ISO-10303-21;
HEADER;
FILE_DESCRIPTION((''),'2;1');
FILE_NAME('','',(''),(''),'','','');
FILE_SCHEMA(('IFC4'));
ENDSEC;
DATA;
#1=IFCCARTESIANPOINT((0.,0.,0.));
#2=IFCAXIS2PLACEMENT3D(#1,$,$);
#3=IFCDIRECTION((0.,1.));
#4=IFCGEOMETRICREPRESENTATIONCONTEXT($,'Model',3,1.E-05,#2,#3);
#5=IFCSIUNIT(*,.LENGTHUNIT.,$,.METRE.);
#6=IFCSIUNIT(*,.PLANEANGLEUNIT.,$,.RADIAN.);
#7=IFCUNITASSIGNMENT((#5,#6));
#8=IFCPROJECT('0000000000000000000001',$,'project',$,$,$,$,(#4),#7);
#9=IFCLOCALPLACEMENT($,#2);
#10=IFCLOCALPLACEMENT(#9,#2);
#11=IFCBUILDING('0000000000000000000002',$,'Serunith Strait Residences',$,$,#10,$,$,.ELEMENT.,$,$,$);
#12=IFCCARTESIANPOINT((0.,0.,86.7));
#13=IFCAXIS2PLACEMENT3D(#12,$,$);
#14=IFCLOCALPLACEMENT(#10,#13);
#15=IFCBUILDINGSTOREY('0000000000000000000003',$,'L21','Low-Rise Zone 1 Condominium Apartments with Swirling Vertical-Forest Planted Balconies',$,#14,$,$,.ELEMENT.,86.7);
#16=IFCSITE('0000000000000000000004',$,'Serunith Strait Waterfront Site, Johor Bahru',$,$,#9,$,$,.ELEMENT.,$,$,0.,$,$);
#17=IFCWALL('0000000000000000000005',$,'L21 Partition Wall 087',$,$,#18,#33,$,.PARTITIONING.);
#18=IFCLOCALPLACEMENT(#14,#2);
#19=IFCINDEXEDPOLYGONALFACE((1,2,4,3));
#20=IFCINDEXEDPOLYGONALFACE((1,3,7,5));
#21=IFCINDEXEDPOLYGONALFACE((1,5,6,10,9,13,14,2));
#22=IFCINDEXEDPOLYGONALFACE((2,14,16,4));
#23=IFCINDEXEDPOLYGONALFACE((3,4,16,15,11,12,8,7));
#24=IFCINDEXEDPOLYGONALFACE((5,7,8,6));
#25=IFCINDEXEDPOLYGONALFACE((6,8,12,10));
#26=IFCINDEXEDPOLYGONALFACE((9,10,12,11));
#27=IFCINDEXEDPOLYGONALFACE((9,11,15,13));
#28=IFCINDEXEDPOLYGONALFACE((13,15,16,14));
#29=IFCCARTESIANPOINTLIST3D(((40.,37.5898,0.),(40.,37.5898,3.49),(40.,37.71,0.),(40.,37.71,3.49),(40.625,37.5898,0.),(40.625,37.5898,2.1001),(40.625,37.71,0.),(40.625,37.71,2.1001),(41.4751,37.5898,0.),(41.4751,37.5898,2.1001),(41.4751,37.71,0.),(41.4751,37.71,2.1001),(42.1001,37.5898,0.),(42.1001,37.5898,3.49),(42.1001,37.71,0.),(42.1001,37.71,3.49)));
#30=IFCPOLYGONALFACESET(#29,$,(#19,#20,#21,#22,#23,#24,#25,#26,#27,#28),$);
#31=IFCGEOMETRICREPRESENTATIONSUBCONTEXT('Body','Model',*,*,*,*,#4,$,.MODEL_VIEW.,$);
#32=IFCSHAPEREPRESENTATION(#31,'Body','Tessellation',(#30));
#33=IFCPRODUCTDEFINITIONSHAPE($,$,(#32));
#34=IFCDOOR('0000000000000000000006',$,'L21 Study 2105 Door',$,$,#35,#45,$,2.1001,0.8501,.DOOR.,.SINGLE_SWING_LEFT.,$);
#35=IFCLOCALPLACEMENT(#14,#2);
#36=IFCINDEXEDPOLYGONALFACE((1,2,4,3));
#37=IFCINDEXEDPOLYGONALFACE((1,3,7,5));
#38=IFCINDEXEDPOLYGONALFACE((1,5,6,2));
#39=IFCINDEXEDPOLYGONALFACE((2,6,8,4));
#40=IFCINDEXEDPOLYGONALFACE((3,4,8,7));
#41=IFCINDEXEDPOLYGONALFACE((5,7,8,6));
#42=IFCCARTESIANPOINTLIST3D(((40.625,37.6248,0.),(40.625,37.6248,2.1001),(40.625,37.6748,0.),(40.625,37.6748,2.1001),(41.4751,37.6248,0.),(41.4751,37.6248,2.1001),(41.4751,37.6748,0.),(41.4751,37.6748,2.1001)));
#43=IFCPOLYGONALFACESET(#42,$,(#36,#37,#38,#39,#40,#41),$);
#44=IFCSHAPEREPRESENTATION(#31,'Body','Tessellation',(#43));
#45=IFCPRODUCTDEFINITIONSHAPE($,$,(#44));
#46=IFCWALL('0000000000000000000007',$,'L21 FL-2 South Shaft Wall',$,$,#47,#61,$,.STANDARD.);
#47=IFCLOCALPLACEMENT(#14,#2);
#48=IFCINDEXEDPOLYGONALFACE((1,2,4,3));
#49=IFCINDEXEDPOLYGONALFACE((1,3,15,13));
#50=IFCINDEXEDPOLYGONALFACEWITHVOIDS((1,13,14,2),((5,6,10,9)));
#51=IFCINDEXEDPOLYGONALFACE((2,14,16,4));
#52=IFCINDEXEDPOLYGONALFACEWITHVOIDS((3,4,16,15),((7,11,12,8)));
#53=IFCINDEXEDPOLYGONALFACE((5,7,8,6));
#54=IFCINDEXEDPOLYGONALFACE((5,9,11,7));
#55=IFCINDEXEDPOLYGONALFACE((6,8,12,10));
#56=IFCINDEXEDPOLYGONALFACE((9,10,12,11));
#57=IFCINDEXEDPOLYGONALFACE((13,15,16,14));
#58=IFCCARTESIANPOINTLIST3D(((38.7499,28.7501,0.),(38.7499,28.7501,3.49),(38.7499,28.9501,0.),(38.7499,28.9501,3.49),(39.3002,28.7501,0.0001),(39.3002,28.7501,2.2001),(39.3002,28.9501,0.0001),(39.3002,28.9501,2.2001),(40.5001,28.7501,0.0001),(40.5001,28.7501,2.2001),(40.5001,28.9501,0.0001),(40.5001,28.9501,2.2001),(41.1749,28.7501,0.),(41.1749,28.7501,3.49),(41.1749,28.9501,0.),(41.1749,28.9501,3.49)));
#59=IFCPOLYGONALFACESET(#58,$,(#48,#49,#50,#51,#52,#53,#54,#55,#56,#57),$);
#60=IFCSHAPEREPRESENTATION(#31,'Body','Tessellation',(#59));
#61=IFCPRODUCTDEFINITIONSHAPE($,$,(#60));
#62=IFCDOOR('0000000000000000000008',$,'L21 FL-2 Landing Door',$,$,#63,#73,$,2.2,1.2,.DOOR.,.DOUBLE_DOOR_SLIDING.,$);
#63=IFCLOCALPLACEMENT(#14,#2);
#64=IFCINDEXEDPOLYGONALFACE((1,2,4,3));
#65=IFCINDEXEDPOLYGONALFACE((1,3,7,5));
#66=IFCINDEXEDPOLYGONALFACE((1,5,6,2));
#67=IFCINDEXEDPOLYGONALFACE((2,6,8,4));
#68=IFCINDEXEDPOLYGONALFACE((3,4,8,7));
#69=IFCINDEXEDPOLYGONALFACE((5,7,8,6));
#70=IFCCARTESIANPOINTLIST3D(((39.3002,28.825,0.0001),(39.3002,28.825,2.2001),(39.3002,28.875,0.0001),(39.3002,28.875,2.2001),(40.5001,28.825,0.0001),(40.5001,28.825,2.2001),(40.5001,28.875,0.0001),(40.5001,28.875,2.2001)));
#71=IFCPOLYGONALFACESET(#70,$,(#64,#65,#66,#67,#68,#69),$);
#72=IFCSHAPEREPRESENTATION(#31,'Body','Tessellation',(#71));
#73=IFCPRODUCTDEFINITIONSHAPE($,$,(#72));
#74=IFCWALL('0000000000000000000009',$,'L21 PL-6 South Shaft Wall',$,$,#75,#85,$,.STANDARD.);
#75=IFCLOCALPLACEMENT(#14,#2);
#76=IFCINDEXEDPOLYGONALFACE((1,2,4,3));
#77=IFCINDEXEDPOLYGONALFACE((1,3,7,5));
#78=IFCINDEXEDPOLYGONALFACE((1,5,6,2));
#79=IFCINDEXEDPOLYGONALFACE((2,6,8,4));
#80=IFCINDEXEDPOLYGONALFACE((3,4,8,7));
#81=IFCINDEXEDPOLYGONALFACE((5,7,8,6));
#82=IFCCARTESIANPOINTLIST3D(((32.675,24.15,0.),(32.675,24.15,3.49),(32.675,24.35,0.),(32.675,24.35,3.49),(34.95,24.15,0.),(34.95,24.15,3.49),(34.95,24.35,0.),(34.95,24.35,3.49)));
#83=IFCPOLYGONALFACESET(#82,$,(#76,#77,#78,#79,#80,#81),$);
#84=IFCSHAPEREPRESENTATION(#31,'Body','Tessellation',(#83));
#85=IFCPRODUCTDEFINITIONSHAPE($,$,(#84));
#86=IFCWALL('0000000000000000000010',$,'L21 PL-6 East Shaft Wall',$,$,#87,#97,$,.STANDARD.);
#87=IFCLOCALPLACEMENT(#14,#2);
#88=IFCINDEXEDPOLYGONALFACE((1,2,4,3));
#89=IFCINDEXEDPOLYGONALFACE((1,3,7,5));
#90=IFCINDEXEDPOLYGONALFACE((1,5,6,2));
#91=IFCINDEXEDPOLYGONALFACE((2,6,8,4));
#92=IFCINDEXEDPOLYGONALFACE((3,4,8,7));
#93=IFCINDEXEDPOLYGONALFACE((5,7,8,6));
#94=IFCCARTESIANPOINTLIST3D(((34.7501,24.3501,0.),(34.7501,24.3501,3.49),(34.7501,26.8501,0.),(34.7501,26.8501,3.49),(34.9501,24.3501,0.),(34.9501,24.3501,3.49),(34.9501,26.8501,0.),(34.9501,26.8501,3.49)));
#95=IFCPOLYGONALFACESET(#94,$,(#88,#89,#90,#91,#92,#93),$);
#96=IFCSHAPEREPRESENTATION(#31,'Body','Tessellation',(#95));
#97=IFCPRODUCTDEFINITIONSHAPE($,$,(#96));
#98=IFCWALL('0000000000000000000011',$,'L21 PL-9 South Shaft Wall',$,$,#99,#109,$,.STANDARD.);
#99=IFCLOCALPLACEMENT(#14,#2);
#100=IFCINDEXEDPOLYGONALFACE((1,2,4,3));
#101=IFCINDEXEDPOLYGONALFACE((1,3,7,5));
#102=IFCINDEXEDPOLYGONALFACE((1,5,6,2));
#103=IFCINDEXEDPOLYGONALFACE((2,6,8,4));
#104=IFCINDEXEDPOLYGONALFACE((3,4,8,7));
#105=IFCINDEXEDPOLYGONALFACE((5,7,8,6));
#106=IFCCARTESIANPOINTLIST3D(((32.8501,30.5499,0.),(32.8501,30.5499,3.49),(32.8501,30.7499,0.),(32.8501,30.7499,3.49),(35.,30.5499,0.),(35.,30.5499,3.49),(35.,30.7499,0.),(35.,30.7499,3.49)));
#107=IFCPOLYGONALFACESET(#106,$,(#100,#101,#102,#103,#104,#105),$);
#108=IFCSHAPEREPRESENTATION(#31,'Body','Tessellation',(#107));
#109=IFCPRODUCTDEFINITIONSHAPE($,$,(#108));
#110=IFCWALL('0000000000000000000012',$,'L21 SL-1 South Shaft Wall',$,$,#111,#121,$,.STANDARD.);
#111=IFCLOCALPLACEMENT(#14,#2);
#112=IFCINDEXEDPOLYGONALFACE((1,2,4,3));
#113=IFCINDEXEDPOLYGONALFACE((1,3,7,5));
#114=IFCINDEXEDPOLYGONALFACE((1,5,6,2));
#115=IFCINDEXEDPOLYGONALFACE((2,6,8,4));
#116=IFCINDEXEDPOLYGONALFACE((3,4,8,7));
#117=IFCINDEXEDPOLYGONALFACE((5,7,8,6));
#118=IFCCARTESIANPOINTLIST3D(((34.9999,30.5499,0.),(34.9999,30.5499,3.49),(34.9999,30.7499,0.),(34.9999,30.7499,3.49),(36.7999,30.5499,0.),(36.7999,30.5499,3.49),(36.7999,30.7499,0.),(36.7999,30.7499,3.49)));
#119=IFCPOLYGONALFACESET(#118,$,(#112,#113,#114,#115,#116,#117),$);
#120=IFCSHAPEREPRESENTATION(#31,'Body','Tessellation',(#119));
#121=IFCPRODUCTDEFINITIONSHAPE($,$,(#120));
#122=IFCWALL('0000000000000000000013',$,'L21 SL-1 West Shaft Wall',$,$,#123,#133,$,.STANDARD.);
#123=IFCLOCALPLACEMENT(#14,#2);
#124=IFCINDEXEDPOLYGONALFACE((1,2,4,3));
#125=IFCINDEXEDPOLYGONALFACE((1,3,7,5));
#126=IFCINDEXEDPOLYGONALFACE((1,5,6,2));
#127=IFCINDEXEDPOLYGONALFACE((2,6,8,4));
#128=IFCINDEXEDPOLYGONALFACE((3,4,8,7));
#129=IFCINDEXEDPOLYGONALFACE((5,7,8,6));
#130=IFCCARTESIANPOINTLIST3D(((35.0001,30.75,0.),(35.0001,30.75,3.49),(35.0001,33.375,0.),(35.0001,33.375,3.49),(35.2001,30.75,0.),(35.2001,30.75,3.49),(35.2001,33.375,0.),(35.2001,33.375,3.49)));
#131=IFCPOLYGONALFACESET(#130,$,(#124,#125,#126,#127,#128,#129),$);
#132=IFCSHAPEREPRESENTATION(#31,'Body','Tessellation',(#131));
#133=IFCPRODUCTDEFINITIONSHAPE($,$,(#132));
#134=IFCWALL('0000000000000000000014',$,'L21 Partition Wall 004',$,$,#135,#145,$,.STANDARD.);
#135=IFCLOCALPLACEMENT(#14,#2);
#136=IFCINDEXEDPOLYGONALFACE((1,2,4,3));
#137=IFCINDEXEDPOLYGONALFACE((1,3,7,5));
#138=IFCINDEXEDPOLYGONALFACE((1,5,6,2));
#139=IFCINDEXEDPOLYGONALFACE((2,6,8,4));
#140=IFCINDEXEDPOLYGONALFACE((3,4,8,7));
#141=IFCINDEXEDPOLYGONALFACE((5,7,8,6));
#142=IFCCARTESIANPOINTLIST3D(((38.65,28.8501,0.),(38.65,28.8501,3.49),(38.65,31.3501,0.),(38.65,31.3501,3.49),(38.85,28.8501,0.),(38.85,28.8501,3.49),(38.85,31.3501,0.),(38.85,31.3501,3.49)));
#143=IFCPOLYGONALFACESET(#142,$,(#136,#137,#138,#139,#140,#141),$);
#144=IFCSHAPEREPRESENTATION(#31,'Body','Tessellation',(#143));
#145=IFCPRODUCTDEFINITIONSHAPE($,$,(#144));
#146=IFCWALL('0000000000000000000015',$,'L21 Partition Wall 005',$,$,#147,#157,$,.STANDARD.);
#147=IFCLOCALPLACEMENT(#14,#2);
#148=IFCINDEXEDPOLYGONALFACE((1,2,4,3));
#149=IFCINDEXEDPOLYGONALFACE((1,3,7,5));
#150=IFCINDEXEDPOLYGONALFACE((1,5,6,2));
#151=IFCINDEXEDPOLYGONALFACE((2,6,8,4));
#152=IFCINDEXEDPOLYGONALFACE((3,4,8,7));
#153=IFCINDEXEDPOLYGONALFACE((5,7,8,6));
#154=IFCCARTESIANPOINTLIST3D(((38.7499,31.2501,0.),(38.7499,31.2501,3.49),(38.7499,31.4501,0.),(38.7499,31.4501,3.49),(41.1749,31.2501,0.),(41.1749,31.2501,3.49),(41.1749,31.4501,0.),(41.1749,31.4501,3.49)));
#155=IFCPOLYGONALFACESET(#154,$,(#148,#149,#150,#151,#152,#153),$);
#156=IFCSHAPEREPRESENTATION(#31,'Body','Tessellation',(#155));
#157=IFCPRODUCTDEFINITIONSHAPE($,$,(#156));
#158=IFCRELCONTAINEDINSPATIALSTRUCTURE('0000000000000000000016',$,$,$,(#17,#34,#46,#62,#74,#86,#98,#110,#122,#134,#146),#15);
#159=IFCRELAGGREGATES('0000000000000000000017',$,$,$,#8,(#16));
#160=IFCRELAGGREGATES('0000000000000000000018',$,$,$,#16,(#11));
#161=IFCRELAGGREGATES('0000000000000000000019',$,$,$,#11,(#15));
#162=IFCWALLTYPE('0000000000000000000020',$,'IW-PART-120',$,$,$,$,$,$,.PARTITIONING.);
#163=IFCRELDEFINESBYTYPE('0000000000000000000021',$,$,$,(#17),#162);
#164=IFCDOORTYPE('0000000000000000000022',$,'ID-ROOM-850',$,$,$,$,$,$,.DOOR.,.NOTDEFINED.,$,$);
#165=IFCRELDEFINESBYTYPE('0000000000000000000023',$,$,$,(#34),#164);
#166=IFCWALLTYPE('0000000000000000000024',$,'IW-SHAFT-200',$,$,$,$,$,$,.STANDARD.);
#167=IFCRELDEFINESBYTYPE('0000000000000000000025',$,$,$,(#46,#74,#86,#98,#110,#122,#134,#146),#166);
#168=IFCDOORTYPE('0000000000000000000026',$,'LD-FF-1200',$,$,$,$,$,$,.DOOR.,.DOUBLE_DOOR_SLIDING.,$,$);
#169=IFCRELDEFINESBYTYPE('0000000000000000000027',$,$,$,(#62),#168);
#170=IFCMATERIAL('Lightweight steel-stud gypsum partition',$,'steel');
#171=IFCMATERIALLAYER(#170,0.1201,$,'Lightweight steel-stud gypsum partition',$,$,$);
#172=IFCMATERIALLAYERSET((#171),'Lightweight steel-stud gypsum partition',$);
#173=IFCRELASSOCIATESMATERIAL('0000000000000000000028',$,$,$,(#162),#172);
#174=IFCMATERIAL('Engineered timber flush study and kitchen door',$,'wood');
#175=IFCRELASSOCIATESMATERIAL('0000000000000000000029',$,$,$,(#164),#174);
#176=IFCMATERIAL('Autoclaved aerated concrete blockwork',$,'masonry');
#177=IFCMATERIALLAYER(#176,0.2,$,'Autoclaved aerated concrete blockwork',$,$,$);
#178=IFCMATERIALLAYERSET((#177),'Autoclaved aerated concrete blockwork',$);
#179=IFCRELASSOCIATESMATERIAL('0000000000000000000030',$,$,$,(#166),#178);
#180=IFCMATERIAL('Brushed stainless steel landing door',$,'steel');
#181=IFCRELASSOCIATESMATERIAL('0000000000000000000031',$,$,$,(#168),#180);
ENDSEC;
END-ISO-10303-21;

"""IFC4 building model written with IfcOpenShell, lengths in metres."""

from ifc_helpers import new_model, si_unit, direction, frame, frame_2d, origin, place, context, subcontext, project, spatial, rectangle, extrude, source, transform, mapped, material, layer, layer_set, type_object, element, fill, save


model = new_model("IFC4")

# Units and contexts
model_context = context("Model", 3, precision=1e-05, world=origin(), true_north=direction((0.0, 1.0)))
body_context = subcontext(model_context, "Body", "Model", "MODEL_VIEW")
ifc_project = project(units=[si_unit("LENGTHUNIT", "METRE"), si_unit("PLANEANGLEUNIT", "RADIAN")], contexts=[model_context])

# Site, building, storey
site_placement = place(None, origin())
site = spatial("IfcSite", under=ifc_project, at=site_placement, Name="Serunith Strait Waterfront Site, Johor Bahru", CompositionType="ELEMENT", RefElevation=0.0)
building_placement = place(site_placement, origin())
building = spatial("IfcBuilding", under=site, at=building_placement, Name="Serunith Strait Residences", CompositionType="ELEMENT")
storey_placement = place(building_placement, frame((0.0, 0.0, 86.7)))
storey = spatial("IfcBuildingStorey", under=building, at=storey_placement, Name="L21", Description="Low-Rise Zone 1 Condominium Apartments with Swirling Vertical-Forest Planted Balconies", CompositionType="ELEMENT", Elevation=86.7)

# Walls, openings, doors
ifc_material_1 = material(Name="Lightweight steel-stud gypsum partition", Category="steel")
ifc_layer_1 = layer(ifc_material_1, 0.1201, Name="Lightweight steel-stud gypsum partition")
ifc_layer_set_1 = layer_set([ifc_layer_1], Name="Lightweight steel-stud gypsum partition")
wall_type_1 = type_object("IfcWallType", Name="IW-PART-120", PredefinedType="PARTITIONING", material=ifc_layer_set_1)
wall_1_placement = place(storey_placement, frame((40.0, 37.6499, 0.0), z_axis=(0.0, 0.0, 1.0), x_axis=(1.0, 0.0, 0.0)))
wall_1 = element("IfcWall", 1, at=wall_1_placement, inside=storey, type_object=wall_type_1, Name="L21 Partition Wall 087", PredefinedType="PARTITIONING", context=body_context, shape_type="SweptSolid", body=[
    extrude(rectangle(XDim=2.1001, YDim=0.1201, at=frame_2d((1.05, 0.0))), origin(), (0.0, 0.0, 1.0), 3.49),
])
opening_1_placement = place(wall_1_placement, frame((0.625, 0.0, 0.0)))
opening_1 = element("IfcOpeningElement", 2, at=opening_1_placement, cuts=wall_1, PredefinedType="OPENING", context=body_context, shape_type="SweptSolid", body=[
    extrude(rectangle(XDim=0.8501, YDim=2.1001, at=frame_2d((0.425, 1.05))), frame((0.0, 0.0701, 0.0), z_axis=(0.0, -1.0, 0.0), x_axis=(1.0, 0.0, 0.0)), (0.0, 0.0, 1.0), 0.1401),
])
ifc_material_2 = material(Name="Engineered timber flush study and kitchen door", Category="wood")
door_type_1 = type_object("IfcDoorType", Name="ID-ROOM-850", OperationType="NOTDEFINED", PredefinedType="DOOR", material=ifc_material_2)
shared_shape_1 = source(origin(), body_context, "Body", "SweptSolid", [
    extrude(rectangle(XDim=0.8501, YDim=2.1001, at=frame_2d((0.425, 1.05))), frame((0.0, 0.0249, 0.0), z_axis=(0.0, -1.0, 0.0), x_axis=(1.0, 0.0, 0.0)), (0.0, 0.0, 1.0), 0.05),
])
door_1_placement = place(opening_1_placement, origin())
door_1 = element("IfcDoor", 3, at=door_1_placement, inside=storey, type_object=door_type_1, Name="L21 Study 2105 Door", OperationType="SINGLE_SWING_LEFT", OverallHeight=2.1001, OverallWidth=0.8501, PredefinedType="DOOR", context=body_context, shape_type="MappedRepresentation", body=[
    mapped(shared_shape_1, transform((0.0, 0.0, 0.0), scale=1.0)),
])
fill(opening_1, door_1)
ifc_material_3 = material(Name="Autoclaved aerated concrete blockwork", Category="masonry")
ifc_layer_2 = layer(ifc_material_3, 0.2, Name="Autoclaved aerated concrete blockwork")
ifc_layer_set_2 = layer_set([ifc_layer_2], Name="Autoclaved aerated concrete blockwork")
wall_type_2 = type_object("IfcWallType", Name="IW-SHAFT-200", PredefinedType="STANDARD", material=ifc_layer_set_2)
wall_2_placement = place(storey_placement, frame((38.75, 28.8501, 0.0), z_axis=(0.0, 0.0, 1.0), x_axis=(1.0, 0.0, 0.0)))
wall_2 = element("IfcWall", 4, at=wall_2_placement, inside=storey, type_object=wall_type_2, Name="L21 FL-2 South Shaft Wall", PredefinedType="STANDARD", context=body_context, shape_type="SweptSolid", body=[
    extrude(rectangle(XDim=2.425, YDim=0.2, at=frame_2d((1.2124, 0.0))), origin(), (0.0, 0.0, 1.0), 3.49),
])
opening_2_placement = place(wall_2_placement, frame((0.55, 0.0, 0.0)))
opening_2 = element("IfcOpeningElement", 5, at=opening_2_placement, cuts=wall_2, PredefinedType="OPENING", context=body_context, shape_type="SweptSolid", body=[
    extrude(rectangle(XDim=1.2, YDim=2.2, at=frame_2d((0.6001, 1.1001))), frame((0.0, 0.1099, 0.0), z_axis=(0.0, -1.0, 0.0), x_axis=(1.0, 0.0, 0.0)), (0.0, 0.0, 1.0), 0.22),
])
ifc_material_4 = material(Name="Brushed stainless steel landing door", Category="steel")
door_type_2 = type_object("IfcDoorType", Name="LD-FF-1200", OperationType="DOUBLE_DOOR_SLIDING", PredefinedType="DOOR", material=ifc_material_4)
shared_shape_2 = source(origin(), body_context, "Body", "SweptSolid", [
    extrude(rectangle(XDim=1.2, YDim=2.2, at=frame_2d((0.6001, 1.1001))), frame((0.0, 0.0249, 0.0), z_axis=(0.0, -1.0, 0.0), x_axis=(1.0, 0.0, 0.0)), (0.0, 0.0, 1.0), 0.05),
])
door_2_placement = place(opening_2_placement, origin())
door_2 = element("IfcDoor", 6, at=door_2_placement, inside=storey, type_object=door_type_2, Name="L21 FL-2 Landing Door", OperationType="DOUBLE_DOOR_SLIDING", OverallHeight=2.2, OverallWidth=1.2, PredefinedType="DOOR", context=body_context, shape_type="MappedRepresentation", body=[
    mapped(shared_shape_2, transform((0.0, 0.0, 0.0), scale=1.0)),
])
fill(opening_2, door_2)

# Walls
wall_3_placement = place(storey_placement, frame((32.675, 24.25, 0.0), z_axis=(0.0, 0.0, 1.0), x_axis=(1.0, 0.0, 0.0)))
element("IfcWall", 7, at=wall_3_placement, inside=storey, type_object=wall_type_2, Name="L21 PL-6 South Shaft Wall", PredefinedType="STANDARD", context=body_context, shape_type="SweptSolid", body=[
    extrude(rectangle(XDim=2.2749, YDim=0.2, at=frame_2d((1.1375, 0.0))), origin(), (0.0, 0.0, 1.0), 3.49),
])
wall_4_placement = place(storey_placement, frame((34.8501, 24.3501, 0.0), z_axis=(0.0, 0.0, 1.0), x_axis=(0.0, 1.0, 0.0)))
element("IfcWall", 8, at=wall_4_placement, inside=storey, type_object=wall_type_2, Name="L21 PL-6 East Shaft Wall", PredefinedType="STANDARD", context=body_context, shape_type="SweptSolid", body=[
    extrude(rectangle(XDim=2.5, YDim=0.2, at=frame_2d((1.25, 0.0))), origin(), (0.0, 0.0, 1.0), 3.49),
])
wall_5_placement = place(storey_placement, frame((32.8501, 30.6499, 0.0), z_axis=(0.0, 0.0, 1.0), x_axis=(1.0, 0.0, 0.0)))
element("IfcWall", 9, at=wall_5_placement, inside=storey, type_object=wall_type_2, Name="L21 PL-9 South Shaft Wall", PredefinedType="STANDARD", context=body_context, shape_type="SweptSolid", body=[
    extrude(rectangle(XDim=2.1499, YDim=0.2, at=frame_2d((1.075, 0.0))), origin(), (0.0, 0.0, 1.0), 3.49),
])
wall_6_placement = place(storey_placement, frame((35.0, 30.6499, 0.0), z_axis=(0.0, 0.0, 1.0), x_axis=(1.0, 0.0, 0.0)))
element("IfcWall", 10, at=wall_6_placement, inside=storey, type_object=wall_type_2, Name="L21 SL-1 South Shaft Wall", PredefinedType="STANDARD", context=body_context, shape_type="SweptSolid", body=[
    extrude(rectangle(XDim=1.8, YDim=0.2, at=frame_2d((0.8999, 0.0))), origin(), (0.0, 0.0, 1.0), 3.49),
])
wall_7_placement = place(storey_placement, frame((35.1001, 30.75, 0.0), z_axis=(0.0, 0.0, 1.0), x_axis=(0.0, 1.0, 0.0)))
element("IfcWall", 11, at=wall_7_placement, inside=storey, type_object=wall_type_2, Name="L21 SL-1 West Shaft Wall", PredefinedType="STANDARD", context=body_context, shape_type="SweptSolid", body=[
    extrude(rectangle(XDim=2.625, YDim=0.2, at=frame_2d((1.3125, 0.0))), origin(), (0.0, 0.0, 1.0), 3.49),
])
wall_8_placement = place(storey_placement, frame((38.75, 28.8501, 0.0), z_axis=(0.0, 0.0, 1.0), x_axis=(0.0, 1.0, 0.0)))
element("IfcWall", 12, at=wall_8_placement, inside=storey, type_object=wall_type_2, Name="L21 Partition Wall 004", PredefinedType="STANDARD", context=body_context, shape_type="SweptSolid", body=[
    extrude(rectangle(XDim=2.5, YDim=0.2, at=frame_2d((1.25, 0.0))), origin(), (0.0, 0.0, 1.0), 3.49),
])
wall_9_placement = place(storey_placement, frame((38.75, 31.3501, 0.0), z_axis=(0.0, 0.0, 1.0), x_axis=(1.0, 0.0, 0.0)))
element("IfcWall", 13, at=wall_9_placement, inside=storey, type_object=wall_type_2, Name="L21 Partition Wall 005", PredefinedType="STANDARD", context=body_context, shape_type="SweptSolid", body=[
    extrude(rectangle(XDim=2.425, YDim=0.2, at=frame_2d((1.2124, 0.0))), origin(), (0.0, 0.0, 1.0), 3.49),
])

save(model, "model.ifc")
